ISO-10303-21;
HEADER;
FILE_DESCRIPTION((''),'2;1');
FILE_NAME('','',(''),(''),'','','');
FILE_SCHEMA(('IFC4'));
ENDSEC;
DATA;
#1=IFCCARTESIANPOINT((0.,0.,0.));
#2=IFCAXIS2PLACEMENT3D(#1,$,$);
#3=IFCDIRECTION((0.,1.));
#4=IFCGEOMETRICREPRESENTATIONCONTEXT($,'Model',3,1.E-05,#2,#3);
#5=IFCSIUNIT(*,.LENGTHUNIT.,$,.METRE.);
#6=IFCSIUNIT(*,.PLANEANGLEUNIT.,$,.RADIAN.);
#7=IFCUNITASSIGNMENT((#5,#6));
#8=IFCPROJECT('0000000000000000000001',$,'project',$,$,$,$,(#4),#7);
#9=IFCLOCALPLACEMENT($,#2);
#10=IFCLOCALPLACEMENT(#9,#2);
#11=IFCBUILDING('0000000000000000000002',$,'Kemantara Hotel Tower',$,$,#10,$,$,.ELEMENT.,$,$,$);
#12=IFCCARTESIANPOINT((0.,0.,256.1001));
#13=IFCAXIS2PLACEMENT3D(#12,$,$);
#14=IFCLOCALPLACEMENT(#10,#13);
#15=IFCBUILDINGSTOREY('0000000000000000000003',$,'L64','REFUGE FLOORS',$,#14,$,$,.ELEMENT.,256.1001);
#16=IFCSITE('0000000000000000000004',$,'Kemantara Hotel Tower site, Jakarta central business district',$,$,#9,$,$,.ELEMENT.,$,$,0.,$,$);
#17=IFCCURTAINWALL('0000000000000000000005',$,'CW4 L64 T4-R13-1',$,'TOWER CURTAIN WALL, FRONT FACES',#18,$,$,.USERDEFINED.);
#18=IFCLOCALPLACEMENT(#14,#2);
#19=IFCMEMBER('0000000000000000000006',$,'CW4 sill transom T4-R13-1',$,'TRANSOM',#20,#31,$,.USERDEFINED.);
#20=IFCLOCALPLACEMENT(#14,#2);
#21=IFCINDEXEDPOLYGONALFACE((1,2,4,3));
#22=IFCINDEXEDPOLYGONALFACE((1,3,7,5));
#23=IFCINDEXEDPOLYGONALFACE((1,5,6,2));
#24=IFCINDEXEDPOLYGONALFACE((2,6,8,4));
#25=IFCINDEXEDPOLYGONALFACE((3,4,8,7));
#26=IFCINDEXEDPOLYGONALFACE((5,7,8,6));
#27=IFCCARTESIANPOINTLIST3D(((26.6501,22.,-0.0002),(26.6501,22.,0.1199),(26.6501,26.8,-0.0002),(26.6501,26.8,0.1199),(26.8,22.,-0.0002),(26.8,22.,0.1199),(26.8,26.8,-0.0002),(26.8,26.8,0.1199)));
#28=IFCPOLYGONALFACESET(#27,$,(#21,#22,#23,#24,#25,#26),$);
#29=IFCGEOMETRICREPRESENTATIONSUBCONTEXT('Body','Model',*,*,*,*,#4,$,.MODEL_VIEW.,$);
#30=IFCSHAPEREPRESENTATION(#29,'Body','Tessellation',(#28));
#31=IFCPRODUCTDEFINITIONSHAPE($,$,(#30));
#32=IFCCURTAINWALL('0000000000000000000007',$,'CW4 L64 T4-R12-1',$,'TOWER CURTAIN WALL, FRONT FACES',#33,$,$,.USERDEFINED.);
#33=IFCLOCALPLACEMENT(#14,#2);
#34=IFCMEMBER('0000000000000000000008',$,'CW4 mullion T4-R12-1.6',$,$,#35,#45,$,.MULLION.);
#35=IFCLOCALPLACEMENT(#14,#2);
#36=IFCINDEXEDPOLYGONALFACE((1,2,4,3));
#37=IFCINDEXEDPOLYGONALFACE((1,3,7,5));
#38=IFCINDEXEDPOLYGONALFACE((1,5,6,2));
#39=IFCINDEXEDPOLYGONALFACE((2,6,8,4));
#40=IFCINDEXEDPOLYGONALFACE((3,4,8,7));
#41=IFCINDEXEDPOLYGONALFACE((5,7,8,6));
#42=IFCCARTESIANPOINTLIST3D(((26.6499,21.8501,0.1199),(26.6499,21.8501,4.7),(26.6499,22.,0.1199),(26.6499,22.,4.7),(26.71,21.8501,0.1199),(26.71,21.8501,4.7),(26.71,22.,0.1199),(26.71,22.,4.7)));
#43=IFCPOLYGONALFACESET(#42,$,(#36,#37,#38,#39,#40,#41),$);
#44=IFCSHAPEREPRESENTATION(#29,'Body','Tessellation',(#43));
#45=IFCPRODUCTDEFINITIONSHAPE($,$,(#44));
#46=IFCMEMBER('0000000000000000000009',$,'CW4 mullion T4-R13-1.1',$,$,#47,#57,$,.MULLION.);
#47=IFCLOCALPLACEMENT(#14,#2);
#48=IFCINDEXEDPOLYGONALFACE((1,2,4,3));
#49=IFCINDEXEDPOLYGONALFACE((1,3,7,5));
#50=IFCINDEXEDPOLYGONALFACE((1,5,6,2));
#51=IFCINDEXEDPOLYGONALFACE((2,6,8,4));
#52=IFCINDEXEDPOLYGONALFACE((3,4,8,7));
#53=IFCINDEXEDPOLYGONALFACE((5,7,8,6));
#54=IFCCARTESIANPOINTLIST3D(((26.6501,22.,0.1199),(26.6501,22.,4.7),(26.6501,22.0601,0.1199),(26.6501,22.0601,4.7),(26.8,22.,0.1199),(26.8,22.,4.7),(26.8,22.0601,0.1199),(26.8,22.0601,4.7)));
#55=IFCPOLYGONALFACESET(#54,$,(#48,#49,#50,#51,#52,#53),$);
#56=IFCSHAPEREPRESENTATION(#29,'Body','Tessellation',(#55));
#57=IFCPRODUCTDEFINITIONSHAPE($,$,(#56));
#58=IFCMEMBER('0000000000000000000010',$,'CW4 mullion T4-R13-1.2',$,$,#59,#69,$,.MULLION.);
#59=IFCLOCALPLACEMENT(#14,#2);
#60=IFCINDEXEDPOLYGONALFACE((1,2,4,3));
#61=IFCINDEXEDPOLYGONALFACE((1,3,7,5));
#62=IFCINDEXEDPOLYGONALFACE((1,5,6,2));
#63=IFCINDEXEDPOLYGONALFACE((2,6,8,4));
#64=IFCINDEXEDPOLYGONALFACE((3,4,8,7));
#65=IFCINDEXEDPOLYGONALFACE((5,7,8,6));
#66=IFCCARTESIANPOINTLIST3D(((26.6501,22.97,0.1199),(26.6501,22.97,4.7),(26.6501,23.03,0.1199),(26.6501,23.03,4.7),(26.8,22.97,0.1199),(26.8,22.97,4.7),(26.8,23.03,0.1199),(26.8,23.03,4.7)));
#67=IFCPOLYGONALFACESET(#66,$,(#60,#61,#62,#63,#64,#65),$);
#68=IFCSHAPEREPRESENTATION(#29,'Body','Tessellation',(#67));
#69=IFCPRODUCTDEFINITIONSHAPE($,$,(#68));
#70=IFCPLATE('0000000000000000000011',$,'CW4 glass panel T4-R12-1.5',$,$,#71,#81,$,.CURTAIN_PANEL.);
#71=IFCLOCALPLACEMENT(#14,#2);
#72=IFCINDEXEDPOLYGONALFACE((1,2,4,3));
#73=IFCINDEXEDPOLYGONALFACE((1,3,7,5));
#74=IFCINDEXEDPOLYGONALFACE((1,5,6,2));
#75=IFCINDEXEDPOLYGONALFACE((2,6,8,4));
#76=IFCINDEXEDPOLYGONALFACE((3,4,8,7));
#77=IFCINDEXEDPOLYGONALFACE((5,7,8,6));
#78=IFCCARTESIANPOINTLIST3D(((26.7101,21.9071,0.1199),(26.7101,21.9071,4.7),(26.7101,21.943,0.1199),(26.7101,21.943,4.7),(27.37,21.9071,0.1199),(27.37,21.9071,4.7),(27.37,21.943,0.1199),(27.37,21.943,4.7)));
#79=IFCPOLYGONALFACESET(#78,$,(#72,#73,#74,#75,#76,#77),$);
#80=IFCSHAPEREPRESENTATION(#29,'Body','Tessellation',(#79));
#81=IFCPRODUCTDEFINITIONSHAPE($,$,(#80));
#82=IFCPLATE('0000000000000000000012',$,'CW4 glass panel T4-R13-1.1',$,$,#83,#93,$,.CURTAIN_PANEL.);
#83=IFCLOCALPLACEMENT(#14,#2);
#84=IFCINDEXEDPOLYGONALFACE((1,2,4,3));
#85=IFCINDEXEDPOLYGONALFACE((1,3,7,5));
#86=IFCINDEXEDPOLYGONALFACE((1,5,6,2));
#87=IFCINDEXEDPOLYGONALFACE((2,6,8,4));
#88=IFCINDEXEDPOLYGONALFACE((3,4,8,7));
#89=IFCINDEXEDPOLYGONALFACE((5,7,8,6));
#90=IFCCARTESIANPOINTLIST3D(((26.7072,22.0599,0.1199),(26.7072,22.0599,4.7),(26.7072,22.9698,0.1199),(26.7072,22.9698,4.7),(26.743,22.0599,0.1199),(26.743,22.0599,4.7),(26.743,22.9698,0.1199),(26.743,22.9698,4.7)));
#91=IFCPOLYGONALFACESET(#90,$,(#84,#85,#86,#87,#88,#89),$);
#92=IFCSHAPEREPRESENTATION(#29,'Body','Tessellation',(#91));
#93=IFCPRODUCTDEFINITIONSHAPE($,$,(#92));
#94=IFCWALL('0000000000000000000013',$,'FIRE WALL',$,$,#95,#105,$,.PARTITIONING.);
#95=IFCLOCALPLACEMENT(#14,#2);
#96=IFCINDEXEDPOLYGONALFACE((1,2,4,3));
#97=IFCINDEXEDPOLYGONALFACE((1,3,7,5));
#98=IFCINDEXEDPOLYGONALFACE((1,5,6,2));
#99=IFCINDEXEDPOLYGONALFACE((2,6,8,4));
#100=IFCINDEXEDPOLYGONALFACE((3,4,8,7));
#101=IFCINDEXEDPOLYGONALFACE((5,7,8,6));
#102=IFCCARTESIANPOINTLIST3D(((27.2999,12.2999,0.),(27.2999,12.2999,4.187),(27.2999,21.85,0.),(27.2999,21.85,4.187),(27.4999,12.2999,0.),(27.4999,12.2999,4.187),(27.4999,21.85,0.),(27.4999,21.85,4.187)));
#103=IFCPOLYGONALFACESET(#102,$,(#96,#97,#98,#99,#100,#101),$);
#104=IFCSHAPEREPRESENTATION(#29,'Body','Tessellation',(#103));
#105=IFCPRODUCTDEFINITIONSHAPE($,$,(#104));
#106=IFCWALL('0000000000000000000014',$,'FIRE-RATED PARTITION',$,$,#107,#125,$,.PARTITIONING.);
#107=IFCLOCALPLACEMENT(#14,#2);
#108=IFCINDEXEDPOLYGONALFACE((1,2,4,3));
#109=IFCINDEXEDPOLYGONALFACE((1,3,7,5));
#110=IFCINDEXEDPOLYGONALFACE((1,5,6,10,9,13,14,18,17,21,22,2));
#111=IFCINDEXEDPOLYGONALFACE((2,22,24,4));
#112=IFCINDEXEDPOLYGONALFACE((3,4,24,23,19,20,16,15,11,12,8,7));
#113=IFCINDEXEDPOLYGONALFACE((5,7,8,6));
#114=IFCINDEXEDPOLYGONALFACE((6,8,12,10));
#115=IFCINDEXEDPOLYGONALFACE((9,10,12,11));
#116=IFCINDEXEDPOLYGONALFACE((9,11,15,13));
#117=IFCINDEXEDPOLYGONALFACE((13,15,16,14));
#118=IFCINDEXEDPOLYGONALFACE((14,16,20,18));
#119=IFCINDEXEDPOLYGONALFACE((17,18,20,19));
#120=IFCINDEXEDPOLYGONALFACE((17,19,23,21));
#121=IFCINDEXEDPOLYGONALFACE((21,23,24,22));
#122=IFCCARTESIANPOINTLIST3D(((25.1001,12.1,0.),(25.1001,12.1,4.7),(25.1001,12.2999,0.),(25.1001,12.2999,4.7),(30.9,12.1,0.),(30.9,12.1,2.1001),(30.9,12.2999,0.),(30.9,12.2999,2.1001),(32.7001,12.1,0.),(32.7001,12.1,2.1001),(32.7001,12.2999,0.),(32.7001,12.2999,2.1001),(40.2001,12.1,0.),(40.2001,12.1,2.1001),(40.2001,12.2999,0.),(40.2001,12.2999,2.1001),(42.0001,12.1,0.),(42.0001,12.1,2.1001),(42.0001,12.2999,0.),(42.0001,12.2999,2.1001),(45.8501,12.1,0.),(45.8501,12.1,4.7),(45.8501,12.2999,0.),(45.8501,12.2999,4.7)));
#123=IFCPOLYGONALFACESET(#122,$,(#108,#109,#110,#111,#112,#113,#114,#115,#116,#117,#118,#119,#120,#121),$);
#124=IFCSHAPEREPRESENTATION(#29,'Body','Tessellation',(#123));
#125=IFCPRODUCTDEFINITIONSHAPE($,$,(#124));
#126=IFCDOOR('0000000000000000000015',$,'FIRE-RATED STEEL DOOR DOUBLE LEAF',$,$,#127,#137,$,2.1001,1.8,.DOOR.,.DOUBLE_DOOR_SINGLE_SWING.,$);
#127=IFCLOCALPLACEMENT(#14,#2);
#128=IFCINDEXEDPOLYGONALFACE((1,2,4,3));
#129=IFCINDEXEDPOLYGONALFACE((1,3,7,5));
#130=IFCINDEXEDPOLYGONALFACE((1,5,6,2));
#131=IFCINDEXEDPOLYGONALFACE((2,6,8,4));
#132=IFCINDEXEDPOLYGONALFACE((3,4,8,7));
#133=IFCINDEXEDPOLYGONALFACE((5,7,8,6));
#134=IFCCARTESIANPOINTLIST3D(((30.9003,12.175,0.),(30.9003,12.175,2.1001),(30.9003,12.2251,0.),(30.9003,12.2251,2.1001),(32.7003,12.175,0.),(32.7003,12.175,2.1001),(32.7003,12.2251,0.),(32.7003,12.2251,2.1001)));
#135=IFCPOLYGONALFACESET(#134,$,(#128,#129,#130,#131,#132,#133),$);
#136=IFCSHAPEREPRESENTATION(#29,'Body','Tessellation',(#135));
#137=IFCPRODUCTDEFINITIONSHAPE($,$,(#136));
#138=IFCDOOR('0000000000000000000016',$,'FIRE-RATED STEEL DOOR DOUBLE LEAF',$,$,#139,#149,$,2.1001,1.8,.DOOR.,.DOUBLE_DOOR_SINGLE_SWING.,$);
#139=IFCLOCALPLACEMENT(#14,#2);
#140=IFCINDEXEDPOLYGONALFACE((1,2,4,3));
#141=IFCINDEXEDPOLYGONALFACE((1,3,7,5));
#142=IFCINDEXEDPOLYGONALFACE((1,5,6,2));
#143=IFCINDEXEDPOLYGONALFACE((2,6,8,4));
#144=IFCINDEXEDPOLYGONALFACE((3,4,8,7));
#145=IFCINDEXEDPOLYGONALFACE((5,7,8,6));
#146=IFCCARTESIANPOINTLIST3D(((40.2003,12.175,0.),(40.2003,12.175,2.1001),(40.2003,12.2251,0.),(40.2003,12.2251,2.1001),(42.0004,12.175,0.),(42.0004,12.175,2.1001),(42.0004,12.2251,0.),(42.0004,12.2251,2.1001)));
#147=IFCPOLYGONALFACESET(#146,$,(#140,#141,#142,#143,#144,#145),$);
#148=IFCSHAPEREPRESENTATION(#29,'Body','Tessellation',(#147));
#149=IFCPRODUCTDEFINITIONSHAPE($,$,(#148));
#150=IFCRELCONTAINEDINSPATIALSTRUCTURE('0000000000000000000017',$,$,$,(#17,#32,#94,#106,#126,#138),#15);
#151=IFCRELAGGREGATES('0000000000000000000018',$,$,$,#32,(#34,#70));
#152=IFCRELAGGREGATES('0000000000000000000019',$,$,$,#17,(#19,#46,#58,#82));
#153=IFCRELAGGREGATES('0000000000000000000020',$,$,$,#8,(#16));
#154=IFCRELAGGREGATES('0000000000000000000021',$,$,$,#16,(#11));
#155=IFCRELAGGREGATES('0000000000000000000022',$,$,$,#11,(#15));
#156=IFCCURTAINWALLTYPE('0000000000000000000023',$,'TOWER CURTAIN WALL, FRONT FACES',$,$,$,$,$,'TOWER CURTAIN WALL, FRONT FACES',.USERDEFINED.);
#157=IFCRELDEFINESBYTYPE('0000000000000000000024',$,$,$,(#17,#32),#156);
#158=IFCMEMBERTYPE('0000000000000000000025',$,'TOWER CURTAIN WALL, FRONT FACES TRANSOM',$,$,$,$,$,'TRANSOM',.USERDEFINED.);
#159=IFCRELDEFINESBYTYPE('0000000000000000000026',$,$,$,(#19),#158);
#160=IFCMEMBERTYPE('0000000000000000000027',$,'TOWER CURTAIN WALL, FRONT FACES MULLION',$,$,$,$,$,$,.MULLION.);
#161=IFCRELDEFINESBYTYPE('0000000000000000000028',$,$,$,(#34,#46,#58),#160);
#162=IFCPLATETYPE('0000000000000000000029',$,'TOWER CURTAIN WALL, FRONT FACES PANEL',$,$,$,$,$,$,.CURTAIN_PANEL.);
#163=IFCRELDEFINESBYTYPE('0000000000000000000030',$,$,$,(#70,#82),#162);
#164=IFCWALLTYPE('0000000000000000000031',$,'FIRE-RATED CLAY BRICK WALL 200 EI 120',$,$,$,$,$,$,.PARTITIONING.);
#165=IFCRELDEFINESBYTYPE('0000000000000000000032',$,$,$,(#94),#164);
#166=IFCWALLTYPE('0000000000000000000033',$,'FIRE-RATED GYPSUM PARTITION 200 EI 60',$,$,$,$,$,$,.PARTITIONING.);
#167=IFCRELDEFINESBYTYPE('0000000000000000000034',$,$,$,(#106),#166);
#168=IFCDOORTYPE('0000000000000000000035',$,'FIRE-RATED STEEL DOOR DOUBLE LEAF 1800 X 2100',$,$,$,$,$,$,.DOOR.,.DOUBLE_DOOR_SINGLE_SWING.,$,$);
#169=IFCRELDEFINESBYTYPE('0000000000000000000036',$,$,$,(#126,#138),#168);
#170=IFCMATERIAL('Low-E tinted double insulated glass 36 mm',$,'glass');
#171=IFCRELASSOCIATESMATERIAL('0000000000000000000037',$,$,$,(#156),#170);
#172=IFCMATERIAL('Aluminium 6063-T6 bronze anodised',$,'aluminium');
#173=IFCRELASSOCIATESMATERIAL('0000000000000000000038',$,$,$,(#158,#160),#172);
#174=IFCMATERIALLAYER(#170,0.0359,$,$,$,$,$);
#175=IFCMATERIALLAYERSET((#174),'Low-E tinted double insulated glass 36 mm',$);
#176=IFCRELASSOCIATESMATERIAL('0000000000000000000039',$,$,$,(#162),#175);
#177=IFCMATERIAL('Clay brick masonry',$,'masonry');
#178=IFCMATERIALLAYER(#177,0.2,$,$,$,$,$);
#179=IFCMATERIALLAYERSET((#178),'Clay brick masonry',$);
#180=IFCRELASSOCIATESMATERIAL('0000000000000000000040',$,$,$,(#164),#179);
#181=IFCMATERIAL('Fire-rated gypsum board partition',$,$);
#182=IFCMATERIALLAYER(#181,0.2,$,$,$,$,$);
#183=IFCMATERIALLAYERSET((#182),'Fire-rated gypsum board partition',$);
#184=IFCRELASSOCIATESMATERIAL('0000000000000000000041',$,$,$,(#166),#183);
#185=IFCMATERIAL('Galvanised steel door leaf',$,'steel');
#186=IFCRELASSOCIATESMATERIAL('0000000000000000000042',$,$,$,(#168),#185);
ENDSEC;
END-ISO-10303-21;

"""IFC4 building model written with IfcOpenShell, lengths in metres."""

from ifc_helpers import new_model, si_unit, direction, frame, frame_2d, origin, origin_2d, place, context, subcontext, project, spatial, rectangle, extrude, source, transform, mapped, material, layer, layer_set, material_profile, profile_set, type_object, element, fill, aggregate, save


model = new_model("IFC4")

# Units and contexts
model_context = context("Model", 3, precision=1e-05, world=origin(), true_north=direction((0.0, 1.0)))
body_context = subcontext(model_context, "Body", "Model", "MODEL_VIEW")
ifc_project = project(units=[si_unit("LENGTHUNIT", "METRE"), si_unit("PLANEANGLEUNIT", "RADIAN")], contexts=[model_context])

# Site, building, storey
site_placement = place(None, origin())
site = spatial("IfcSite", under=ifc_project, at=site_placement, Name="Kemantara Hotel Tower site, Jakarta central business district", CompositionType="ELEMENT", RefElevation=0.0)
building_placement = place(site_placement, origin())
building = spatial("IfcBuilding", under=site, at=building_placement, Name="Kemantara Hotel Tower", CompositionType="ELEMENT")
storey_placement = place(building_placement, frame((0.0, 0.0, 256.1001)))
storey = spatial("IfcBuildingStorey", under=building, at=storey_placement, Name="L64", Description="REFUGE FLOORS", CompositionType="ELEMENT", Elevation=256.1001)

# Curtain walls, members
ifc_material_1 = material(Name="Low-E tinted double insulated glass 36 mm", Category="glass")
curtain_wall_type = type_object("IfcCurtainWallType", Name="TOWER CURTAIN WALL, FRONT FACES", ElementType="TOWER CURTAIN WALL, FRONT FACES", PredefinedType="USERDEFINED", material=ifc_material_1)
curtain_wall_1_placement = place(storey_placement, origin())
curtain_wall_1 = element("IfcCurtainWall", 1, at=curtain_wall_1_placement, inside=storey, type_object=curtain_wall_type, Name="CW4 L64 T4-R13-1", ObjectType="TOWER CURTAIN WALL, FRONT FACES", PredefinedType="USERDEFINED")
ifc_material_2 = material(Name="Aluminium 6063-T6 bronze anodised", Category="aluminium")
ifc_material_profile_1 = material_profile(ifc_material_2, rectangle(XDim=0.1499, YDim=0.1201, at=origin_2d()), Name="TOWER CURTAIN WALL, FRONT FACES TRANSOM")
ifc_profile_set_1 = profile_set([ifc_material_profile_1], Name="Aluminium 6063-T6 bronze anodised")
member_type_1 = type_object("IfcMemberType", Name="TOWER CURTAIN WALL, FRONT FACES TRANSOM", ElementType="TRANSOM", PredefinedType="USERDEFINED", material=ifc_profile_set_1)
member_1_placement = place(storey_placement, frame((26.7251, 22.0, 0.0598), z_axis=(0.0, 1.0, 0.0), x_axis=(-1.0, 0.0, 0.0)))
member_1 = element("IfcMember", 2, at=member_1_placement, type_object=member_type_1, Name="CW4 sill transom T4-R13-1", ObjectType="TRANSOM", PredefinedType="USERDEFINED", context=body_context, shape_type="SweptSolid", body=[
    extrude(rectangle(XDim=0.1499, YDim=0.1201, at=origin_2d()), origin(), (0.0, 0.0, 1.0), 4.8),
])
curtain_wall_2_placement = place(storey_placement, origin())
curtain_wall_2 = element("IfcCurtainWall", 3, at=curtain_wall_2_placement, inside=storey, type_object=curtain_wall_type, Name="CW4 L64 T4-R12-1", ObjectType="TOWER CURTAIN WALL, FRONT FACES", PredefinedType="USERDEFINED")
ifc_material_profile_2 = material_profile(ifc_material_2, rectangle(XDim=0.1499, YDim=0.0601, at=origin_2d()), Name="TOWER CURTAIN WALL, FRONT FACES MULLION")
ifc_profile_set_2 = profile_set([ifc_material_profile_2], Name="Aluminium 6063-T6 bronze anodised")
member_type_2 = type_object("IfcMemberType", Name="TOWER CURTAIN WALL, FRONT FACES MULLION", PredefinedType="MULLION", material=ifc_profile_set_2)
shared_shape_1 = source(origin(), body_context, "Body", "SweptSolid", [
    extrude(rectangle(XDim=0.1499, YDim=0.0601, at=origin_2d()), origin(), (0.0, 0.0, 1.0), 4.5801),
])
member_2_placement = place(storey_placement, frame((26.6799, 21.925, 0.1199), z_axis=(0.0, 0.0, 1.0), x_axis=(0.0, -1.0, 0.0)))
member_2 = element("IfcMember", 4, at=member_2_placement, type_object=member_type_2, Name="CW4 mullion T4-R12-1.6", PredefinedType="MULLION", context=body_context, shape_type="MappedRepresentation", body=[
    mapped(shared_shape_1, transform((0.0, 0.0, 0.0))),
])

# Members
member_3_placement = place(storey_placement, frame((26.7251, 22.03, 0.1199), z_axis=(0.0, 0.0, 1.0), x_axis=(-1.0, 0.0, 0.0)))
member_3 = element("IfcMember", 5, at=member_3_placement, type_object=member_type_2, Name="CW4 mullion T4-R13-1.1", PredefinedType="MULLION", context=body_context, shape_type="MappedRepresentation", body=[
    mapped(shared_shape_1, transform((0.0, 0.0, 0.0))),
])
member_4_placement = place(storey_placement, frame((26.7251, 23.0, 0.1199), z_axis=(0.0, 0.0, 1.0), x_axis=(-1.0, 0.0, 0.0)))
member_4 = element("IfcMember", 6, at=member_4_placement, type_object=member_type_2, Name="CW4 mullion T4-R13-1.2", PredefinedType="MULLION", context=body_context, shape_type="MappedRepresentation", body=[
    mapped(shared_shape_1, transform((0.0, 0.0, 0.0))),
])

# Plates
ifc_layer_1 = layer(ifc_material_1, 0.0359)
ifc_layer_set_1 = layer_set([ifc_layer_1], Name="Low-E tinted double insulated glass 36 mm")
plate_type = type_object("IfcPlateType", Name="TOWER CURTAIN WALL, FRONT FACES PANEL", PredefinedType="CURTAIN_PANEL", material=ifc_layer_set_1)
shared_shape_2 = source(origin(), body_context, "Body", "SweptSolid", [
    extrude(rectangle(XDim=0.6599, YDim=0.0359, at=origin_2d()), origin(), (0.0, 0.0, 1.0), 4.5801),
])
plate_1_placement = place(storey_placement, frame((27.04, 21.925, 0.1199), z_axis=(0.0, 0.0, 1.0), x_axis=(-1.0, 0.0, 0.0)))
plate_1 = element("IfcPlate", 7, at=plate_1_placement, type_object=plate_type, Name="CW4 glass panel T4-R12-1.5", PredefinedType="CURTAIN_PANEL", context=body_context, shape_type="MappedRepresentation", body=[
    mapped(shared_shape_2, transform((0.0, 0.0, 0.0))),
])
aggregate(curtain_wall_2, [member_2, plate_1])
shared_shape_3 = source(origin(), body_context, "Body", "SweptSolid", [
    extrude(rectangle(XDim=0.9099, YDim=0.0359, at=origin_2d()), origin(), (0.0, 0.0, 1.0), 4.5801),
])
plate_2_placement = place(storey_placement, frame((26.7251, 22.5149, 0.1199), z_axis=(0.0, 0.0, 1.0), x_axis=(0.0, 1.0, 0.0)))
plate_2 = element("IfcPlate", 8, at=plate_2_placement, type_object=plate_type, Name="CW4 glass panel T4-R13-1.1", PredefinedType="CURTAIN_PANEL", context=body_context, shape_type="MappedRepresentation", body=[
    mapped(shared_shape_3, transform((0.0, 0.0, 0.0))),
])
aggregate(curtain_wall_1, [member_1, member_3, member_4, plate_2])

# Wall
ifc_material_3 = material(Name="Clay brick masonry", Category="masonry")
ifc_layer_2 = layer(ifc_material_3, 0.2)
ifc_layer_set_2 = layer_set([ifc_layer_2], Name="Clay brick masonry")
wall_type_1 = type_object("IfcWallType", Name="FIRE-RATED CLAY BRICK WALL 200 EI 120", PredefinedType="PARTITIONING", material=ifc_layer_set_2)
wall_1_placement = place(storey_placement, frame((27.3999, 12.3, 0.0), z_axis=(0.0, 0.0, 1.0), x_axis=(0.0, 1.0, 0.0)))
element("IfcWall", 9, at=wall_1_placement, inside=storey, type_object=wall_type_1, Name="FIRE WALL", PredefinedType="PARTITIONING", context=body_context, shape_type="SweptSolid", body=[
    extrude(rectangle(XDim=9.55, YDim=0.2, at=frame_2d((4.7749, 0.0))), origin(), (0.0, 0.0, 1.0), 4.187),
])

# Wall, openings, doors
ifc_material_4 = material(Name="Fire-rated gypsum board partition")
ifc_layer_3 = layer(ifc_material_4, 0.2)
ifc_layer_set_3 = layer_set([ifc_layer_3], Name="Fire-rated gypsum board partition")
wall_type_2 = type_object("IfcWallType", Name="FIRE-RATED GYPSUM PARTITION 200 EI 60", PredefinedType="PARTITIONING", material=ifc_layer_set_3)
wall_2_placement = place(storey_placement, frame((25.1001, 12.2, 0.0), z_axis=(0.0, 0.0, 1.0), x_axis=(1.0, 0.0, 0.0)))
wall_2 = element("IfcWall", 10, at=wall_2_placement, inside=storey, type_object=wall_type_2, Name="FIRE-RATED PARTITION", PredefinedType="PARTITIONING", context=body_context, shape_type="SweptSolid", body=[
    extrude(rectangle(XDim=20.75, YDim=0.2, at=frame_2d((10.375, 0.0))), origin(), (0.0, 0.0, 1.0), 4.7),
])
opening_1_placement = place(wall_2_placement, frame((5.8, 0.0, 0.0)))
opening_1 = element("IfcOpeningElement", 11, at=opening_1_placement, cuts=wall_2, PredefinedType="OPENING", context=body_context, shape_type="SweptSolid", body=[
    extrude(rectangle(XDim=1.8, YDim=2.1001, at=frame_2d((0.8999, 1.05))), frame((0.0, 0.1099, 0.0), z_axis=(0.0, -1.0, 0.0), x_axis=(1.0, 0.0, 0.0)), (0.0, 0.0, 1.0), 0.22),
])
opening_2_placement = place(wall_2_placement, frame((15.1001, 0.0, 0.0)))
opening_2 = element("IfcOpeningElement", 12, at=opening_2_placement, cuts=wall_2, PredefinedType="OPENING", context=body_context, shape_type="SweptSolid", body=[
    extrude(rectangle(XDim=1.8, YDim=2.1001, at=frame_2d((0.8999, 1.05))), frame((0.0, 0.1099, 0.0), z_axis=(0.0, -1.0, 0.0), x_axis=(1.0, 0.0, 0.0)), (0.0, 0.0, 1.0), 0.22),
])
ifc_material_5 = material(Name="Galvanised steel door leaf", Category="steel")
door_type_1 = type_object("IfcDoorType", Name="FIRE-RATED STEEL DOOR DOUBLE LEAF 1800 X 2100", OperationType="DOUBLE_DOOR_SINGLE_SWING", PredefinedType="DOOR", material=ifc_material_5)
door_1_placement = place(opening_1_placement, frame((1.8, 0.0, 0.0), z_axis=(0.0, 0.0, 1.0), x_axis=(-1.0, 0.0, 0.0)))
door_1 = element("IfcDoor", 13, at=door_1_placement, inside=storey, type_object=door_type_1, Name="FIRE-RATED STEEL DOOR DOUBLE LEAF", OperationType="DOUBLE_DOOR_SINGLE_SWING", OverallHeight=2.1001, OverallWidth=1.8, PredefinedType="DOOR", context=body_context, shape_type="SweptSolid", body=[
    extrude(rectangle(XDim=1.8, YDim=2.1001, at=frame_2d((0.8999, 1.05))), frame((0.0, 0.0249, 0.0), z_axis=(0.0, -1.0, 0.0), x_axis=(1.0, 0.0, 0.0)), (0.0, 0.0, 1.0), 0.05),
])
fill(opening_1, door_1)
door_2_placement = place(opening_2_placement, frame((1.8, 0.0, 0.0), z_axis=(0.0, 0.0, 1.0), x_axis=(-1.0, 0.0, 0.0)))
door_2 = element("IfcDoor", 14, at=door_2_placement, inside=storey, type_object=door_type_1, Name="FIRE-RATED STEEL DOOR DOUBLE LEAF", OperationType="DOUBLE_DOOR_SINGLE_SWING", OverallHeight=2.1001, OverallWidth=1.8, PredefinedType="DOOR", context=body_context, shape_type="SweptSolid", body=[
    extrude(rectangle(XDim=1.8, YDim=2.1001, at=frame_2d((0.8999, 1.05))), frame((0.0, 0.0249, 0.0), z_axis=(0.0, -1.0, 0.0), x_axis=(1.0, 0.0, 0.0)), (0.0, 0.0, 1.0), 0.05),
])
fill(opening_2, door_2)

save(model, "model.ifc")
